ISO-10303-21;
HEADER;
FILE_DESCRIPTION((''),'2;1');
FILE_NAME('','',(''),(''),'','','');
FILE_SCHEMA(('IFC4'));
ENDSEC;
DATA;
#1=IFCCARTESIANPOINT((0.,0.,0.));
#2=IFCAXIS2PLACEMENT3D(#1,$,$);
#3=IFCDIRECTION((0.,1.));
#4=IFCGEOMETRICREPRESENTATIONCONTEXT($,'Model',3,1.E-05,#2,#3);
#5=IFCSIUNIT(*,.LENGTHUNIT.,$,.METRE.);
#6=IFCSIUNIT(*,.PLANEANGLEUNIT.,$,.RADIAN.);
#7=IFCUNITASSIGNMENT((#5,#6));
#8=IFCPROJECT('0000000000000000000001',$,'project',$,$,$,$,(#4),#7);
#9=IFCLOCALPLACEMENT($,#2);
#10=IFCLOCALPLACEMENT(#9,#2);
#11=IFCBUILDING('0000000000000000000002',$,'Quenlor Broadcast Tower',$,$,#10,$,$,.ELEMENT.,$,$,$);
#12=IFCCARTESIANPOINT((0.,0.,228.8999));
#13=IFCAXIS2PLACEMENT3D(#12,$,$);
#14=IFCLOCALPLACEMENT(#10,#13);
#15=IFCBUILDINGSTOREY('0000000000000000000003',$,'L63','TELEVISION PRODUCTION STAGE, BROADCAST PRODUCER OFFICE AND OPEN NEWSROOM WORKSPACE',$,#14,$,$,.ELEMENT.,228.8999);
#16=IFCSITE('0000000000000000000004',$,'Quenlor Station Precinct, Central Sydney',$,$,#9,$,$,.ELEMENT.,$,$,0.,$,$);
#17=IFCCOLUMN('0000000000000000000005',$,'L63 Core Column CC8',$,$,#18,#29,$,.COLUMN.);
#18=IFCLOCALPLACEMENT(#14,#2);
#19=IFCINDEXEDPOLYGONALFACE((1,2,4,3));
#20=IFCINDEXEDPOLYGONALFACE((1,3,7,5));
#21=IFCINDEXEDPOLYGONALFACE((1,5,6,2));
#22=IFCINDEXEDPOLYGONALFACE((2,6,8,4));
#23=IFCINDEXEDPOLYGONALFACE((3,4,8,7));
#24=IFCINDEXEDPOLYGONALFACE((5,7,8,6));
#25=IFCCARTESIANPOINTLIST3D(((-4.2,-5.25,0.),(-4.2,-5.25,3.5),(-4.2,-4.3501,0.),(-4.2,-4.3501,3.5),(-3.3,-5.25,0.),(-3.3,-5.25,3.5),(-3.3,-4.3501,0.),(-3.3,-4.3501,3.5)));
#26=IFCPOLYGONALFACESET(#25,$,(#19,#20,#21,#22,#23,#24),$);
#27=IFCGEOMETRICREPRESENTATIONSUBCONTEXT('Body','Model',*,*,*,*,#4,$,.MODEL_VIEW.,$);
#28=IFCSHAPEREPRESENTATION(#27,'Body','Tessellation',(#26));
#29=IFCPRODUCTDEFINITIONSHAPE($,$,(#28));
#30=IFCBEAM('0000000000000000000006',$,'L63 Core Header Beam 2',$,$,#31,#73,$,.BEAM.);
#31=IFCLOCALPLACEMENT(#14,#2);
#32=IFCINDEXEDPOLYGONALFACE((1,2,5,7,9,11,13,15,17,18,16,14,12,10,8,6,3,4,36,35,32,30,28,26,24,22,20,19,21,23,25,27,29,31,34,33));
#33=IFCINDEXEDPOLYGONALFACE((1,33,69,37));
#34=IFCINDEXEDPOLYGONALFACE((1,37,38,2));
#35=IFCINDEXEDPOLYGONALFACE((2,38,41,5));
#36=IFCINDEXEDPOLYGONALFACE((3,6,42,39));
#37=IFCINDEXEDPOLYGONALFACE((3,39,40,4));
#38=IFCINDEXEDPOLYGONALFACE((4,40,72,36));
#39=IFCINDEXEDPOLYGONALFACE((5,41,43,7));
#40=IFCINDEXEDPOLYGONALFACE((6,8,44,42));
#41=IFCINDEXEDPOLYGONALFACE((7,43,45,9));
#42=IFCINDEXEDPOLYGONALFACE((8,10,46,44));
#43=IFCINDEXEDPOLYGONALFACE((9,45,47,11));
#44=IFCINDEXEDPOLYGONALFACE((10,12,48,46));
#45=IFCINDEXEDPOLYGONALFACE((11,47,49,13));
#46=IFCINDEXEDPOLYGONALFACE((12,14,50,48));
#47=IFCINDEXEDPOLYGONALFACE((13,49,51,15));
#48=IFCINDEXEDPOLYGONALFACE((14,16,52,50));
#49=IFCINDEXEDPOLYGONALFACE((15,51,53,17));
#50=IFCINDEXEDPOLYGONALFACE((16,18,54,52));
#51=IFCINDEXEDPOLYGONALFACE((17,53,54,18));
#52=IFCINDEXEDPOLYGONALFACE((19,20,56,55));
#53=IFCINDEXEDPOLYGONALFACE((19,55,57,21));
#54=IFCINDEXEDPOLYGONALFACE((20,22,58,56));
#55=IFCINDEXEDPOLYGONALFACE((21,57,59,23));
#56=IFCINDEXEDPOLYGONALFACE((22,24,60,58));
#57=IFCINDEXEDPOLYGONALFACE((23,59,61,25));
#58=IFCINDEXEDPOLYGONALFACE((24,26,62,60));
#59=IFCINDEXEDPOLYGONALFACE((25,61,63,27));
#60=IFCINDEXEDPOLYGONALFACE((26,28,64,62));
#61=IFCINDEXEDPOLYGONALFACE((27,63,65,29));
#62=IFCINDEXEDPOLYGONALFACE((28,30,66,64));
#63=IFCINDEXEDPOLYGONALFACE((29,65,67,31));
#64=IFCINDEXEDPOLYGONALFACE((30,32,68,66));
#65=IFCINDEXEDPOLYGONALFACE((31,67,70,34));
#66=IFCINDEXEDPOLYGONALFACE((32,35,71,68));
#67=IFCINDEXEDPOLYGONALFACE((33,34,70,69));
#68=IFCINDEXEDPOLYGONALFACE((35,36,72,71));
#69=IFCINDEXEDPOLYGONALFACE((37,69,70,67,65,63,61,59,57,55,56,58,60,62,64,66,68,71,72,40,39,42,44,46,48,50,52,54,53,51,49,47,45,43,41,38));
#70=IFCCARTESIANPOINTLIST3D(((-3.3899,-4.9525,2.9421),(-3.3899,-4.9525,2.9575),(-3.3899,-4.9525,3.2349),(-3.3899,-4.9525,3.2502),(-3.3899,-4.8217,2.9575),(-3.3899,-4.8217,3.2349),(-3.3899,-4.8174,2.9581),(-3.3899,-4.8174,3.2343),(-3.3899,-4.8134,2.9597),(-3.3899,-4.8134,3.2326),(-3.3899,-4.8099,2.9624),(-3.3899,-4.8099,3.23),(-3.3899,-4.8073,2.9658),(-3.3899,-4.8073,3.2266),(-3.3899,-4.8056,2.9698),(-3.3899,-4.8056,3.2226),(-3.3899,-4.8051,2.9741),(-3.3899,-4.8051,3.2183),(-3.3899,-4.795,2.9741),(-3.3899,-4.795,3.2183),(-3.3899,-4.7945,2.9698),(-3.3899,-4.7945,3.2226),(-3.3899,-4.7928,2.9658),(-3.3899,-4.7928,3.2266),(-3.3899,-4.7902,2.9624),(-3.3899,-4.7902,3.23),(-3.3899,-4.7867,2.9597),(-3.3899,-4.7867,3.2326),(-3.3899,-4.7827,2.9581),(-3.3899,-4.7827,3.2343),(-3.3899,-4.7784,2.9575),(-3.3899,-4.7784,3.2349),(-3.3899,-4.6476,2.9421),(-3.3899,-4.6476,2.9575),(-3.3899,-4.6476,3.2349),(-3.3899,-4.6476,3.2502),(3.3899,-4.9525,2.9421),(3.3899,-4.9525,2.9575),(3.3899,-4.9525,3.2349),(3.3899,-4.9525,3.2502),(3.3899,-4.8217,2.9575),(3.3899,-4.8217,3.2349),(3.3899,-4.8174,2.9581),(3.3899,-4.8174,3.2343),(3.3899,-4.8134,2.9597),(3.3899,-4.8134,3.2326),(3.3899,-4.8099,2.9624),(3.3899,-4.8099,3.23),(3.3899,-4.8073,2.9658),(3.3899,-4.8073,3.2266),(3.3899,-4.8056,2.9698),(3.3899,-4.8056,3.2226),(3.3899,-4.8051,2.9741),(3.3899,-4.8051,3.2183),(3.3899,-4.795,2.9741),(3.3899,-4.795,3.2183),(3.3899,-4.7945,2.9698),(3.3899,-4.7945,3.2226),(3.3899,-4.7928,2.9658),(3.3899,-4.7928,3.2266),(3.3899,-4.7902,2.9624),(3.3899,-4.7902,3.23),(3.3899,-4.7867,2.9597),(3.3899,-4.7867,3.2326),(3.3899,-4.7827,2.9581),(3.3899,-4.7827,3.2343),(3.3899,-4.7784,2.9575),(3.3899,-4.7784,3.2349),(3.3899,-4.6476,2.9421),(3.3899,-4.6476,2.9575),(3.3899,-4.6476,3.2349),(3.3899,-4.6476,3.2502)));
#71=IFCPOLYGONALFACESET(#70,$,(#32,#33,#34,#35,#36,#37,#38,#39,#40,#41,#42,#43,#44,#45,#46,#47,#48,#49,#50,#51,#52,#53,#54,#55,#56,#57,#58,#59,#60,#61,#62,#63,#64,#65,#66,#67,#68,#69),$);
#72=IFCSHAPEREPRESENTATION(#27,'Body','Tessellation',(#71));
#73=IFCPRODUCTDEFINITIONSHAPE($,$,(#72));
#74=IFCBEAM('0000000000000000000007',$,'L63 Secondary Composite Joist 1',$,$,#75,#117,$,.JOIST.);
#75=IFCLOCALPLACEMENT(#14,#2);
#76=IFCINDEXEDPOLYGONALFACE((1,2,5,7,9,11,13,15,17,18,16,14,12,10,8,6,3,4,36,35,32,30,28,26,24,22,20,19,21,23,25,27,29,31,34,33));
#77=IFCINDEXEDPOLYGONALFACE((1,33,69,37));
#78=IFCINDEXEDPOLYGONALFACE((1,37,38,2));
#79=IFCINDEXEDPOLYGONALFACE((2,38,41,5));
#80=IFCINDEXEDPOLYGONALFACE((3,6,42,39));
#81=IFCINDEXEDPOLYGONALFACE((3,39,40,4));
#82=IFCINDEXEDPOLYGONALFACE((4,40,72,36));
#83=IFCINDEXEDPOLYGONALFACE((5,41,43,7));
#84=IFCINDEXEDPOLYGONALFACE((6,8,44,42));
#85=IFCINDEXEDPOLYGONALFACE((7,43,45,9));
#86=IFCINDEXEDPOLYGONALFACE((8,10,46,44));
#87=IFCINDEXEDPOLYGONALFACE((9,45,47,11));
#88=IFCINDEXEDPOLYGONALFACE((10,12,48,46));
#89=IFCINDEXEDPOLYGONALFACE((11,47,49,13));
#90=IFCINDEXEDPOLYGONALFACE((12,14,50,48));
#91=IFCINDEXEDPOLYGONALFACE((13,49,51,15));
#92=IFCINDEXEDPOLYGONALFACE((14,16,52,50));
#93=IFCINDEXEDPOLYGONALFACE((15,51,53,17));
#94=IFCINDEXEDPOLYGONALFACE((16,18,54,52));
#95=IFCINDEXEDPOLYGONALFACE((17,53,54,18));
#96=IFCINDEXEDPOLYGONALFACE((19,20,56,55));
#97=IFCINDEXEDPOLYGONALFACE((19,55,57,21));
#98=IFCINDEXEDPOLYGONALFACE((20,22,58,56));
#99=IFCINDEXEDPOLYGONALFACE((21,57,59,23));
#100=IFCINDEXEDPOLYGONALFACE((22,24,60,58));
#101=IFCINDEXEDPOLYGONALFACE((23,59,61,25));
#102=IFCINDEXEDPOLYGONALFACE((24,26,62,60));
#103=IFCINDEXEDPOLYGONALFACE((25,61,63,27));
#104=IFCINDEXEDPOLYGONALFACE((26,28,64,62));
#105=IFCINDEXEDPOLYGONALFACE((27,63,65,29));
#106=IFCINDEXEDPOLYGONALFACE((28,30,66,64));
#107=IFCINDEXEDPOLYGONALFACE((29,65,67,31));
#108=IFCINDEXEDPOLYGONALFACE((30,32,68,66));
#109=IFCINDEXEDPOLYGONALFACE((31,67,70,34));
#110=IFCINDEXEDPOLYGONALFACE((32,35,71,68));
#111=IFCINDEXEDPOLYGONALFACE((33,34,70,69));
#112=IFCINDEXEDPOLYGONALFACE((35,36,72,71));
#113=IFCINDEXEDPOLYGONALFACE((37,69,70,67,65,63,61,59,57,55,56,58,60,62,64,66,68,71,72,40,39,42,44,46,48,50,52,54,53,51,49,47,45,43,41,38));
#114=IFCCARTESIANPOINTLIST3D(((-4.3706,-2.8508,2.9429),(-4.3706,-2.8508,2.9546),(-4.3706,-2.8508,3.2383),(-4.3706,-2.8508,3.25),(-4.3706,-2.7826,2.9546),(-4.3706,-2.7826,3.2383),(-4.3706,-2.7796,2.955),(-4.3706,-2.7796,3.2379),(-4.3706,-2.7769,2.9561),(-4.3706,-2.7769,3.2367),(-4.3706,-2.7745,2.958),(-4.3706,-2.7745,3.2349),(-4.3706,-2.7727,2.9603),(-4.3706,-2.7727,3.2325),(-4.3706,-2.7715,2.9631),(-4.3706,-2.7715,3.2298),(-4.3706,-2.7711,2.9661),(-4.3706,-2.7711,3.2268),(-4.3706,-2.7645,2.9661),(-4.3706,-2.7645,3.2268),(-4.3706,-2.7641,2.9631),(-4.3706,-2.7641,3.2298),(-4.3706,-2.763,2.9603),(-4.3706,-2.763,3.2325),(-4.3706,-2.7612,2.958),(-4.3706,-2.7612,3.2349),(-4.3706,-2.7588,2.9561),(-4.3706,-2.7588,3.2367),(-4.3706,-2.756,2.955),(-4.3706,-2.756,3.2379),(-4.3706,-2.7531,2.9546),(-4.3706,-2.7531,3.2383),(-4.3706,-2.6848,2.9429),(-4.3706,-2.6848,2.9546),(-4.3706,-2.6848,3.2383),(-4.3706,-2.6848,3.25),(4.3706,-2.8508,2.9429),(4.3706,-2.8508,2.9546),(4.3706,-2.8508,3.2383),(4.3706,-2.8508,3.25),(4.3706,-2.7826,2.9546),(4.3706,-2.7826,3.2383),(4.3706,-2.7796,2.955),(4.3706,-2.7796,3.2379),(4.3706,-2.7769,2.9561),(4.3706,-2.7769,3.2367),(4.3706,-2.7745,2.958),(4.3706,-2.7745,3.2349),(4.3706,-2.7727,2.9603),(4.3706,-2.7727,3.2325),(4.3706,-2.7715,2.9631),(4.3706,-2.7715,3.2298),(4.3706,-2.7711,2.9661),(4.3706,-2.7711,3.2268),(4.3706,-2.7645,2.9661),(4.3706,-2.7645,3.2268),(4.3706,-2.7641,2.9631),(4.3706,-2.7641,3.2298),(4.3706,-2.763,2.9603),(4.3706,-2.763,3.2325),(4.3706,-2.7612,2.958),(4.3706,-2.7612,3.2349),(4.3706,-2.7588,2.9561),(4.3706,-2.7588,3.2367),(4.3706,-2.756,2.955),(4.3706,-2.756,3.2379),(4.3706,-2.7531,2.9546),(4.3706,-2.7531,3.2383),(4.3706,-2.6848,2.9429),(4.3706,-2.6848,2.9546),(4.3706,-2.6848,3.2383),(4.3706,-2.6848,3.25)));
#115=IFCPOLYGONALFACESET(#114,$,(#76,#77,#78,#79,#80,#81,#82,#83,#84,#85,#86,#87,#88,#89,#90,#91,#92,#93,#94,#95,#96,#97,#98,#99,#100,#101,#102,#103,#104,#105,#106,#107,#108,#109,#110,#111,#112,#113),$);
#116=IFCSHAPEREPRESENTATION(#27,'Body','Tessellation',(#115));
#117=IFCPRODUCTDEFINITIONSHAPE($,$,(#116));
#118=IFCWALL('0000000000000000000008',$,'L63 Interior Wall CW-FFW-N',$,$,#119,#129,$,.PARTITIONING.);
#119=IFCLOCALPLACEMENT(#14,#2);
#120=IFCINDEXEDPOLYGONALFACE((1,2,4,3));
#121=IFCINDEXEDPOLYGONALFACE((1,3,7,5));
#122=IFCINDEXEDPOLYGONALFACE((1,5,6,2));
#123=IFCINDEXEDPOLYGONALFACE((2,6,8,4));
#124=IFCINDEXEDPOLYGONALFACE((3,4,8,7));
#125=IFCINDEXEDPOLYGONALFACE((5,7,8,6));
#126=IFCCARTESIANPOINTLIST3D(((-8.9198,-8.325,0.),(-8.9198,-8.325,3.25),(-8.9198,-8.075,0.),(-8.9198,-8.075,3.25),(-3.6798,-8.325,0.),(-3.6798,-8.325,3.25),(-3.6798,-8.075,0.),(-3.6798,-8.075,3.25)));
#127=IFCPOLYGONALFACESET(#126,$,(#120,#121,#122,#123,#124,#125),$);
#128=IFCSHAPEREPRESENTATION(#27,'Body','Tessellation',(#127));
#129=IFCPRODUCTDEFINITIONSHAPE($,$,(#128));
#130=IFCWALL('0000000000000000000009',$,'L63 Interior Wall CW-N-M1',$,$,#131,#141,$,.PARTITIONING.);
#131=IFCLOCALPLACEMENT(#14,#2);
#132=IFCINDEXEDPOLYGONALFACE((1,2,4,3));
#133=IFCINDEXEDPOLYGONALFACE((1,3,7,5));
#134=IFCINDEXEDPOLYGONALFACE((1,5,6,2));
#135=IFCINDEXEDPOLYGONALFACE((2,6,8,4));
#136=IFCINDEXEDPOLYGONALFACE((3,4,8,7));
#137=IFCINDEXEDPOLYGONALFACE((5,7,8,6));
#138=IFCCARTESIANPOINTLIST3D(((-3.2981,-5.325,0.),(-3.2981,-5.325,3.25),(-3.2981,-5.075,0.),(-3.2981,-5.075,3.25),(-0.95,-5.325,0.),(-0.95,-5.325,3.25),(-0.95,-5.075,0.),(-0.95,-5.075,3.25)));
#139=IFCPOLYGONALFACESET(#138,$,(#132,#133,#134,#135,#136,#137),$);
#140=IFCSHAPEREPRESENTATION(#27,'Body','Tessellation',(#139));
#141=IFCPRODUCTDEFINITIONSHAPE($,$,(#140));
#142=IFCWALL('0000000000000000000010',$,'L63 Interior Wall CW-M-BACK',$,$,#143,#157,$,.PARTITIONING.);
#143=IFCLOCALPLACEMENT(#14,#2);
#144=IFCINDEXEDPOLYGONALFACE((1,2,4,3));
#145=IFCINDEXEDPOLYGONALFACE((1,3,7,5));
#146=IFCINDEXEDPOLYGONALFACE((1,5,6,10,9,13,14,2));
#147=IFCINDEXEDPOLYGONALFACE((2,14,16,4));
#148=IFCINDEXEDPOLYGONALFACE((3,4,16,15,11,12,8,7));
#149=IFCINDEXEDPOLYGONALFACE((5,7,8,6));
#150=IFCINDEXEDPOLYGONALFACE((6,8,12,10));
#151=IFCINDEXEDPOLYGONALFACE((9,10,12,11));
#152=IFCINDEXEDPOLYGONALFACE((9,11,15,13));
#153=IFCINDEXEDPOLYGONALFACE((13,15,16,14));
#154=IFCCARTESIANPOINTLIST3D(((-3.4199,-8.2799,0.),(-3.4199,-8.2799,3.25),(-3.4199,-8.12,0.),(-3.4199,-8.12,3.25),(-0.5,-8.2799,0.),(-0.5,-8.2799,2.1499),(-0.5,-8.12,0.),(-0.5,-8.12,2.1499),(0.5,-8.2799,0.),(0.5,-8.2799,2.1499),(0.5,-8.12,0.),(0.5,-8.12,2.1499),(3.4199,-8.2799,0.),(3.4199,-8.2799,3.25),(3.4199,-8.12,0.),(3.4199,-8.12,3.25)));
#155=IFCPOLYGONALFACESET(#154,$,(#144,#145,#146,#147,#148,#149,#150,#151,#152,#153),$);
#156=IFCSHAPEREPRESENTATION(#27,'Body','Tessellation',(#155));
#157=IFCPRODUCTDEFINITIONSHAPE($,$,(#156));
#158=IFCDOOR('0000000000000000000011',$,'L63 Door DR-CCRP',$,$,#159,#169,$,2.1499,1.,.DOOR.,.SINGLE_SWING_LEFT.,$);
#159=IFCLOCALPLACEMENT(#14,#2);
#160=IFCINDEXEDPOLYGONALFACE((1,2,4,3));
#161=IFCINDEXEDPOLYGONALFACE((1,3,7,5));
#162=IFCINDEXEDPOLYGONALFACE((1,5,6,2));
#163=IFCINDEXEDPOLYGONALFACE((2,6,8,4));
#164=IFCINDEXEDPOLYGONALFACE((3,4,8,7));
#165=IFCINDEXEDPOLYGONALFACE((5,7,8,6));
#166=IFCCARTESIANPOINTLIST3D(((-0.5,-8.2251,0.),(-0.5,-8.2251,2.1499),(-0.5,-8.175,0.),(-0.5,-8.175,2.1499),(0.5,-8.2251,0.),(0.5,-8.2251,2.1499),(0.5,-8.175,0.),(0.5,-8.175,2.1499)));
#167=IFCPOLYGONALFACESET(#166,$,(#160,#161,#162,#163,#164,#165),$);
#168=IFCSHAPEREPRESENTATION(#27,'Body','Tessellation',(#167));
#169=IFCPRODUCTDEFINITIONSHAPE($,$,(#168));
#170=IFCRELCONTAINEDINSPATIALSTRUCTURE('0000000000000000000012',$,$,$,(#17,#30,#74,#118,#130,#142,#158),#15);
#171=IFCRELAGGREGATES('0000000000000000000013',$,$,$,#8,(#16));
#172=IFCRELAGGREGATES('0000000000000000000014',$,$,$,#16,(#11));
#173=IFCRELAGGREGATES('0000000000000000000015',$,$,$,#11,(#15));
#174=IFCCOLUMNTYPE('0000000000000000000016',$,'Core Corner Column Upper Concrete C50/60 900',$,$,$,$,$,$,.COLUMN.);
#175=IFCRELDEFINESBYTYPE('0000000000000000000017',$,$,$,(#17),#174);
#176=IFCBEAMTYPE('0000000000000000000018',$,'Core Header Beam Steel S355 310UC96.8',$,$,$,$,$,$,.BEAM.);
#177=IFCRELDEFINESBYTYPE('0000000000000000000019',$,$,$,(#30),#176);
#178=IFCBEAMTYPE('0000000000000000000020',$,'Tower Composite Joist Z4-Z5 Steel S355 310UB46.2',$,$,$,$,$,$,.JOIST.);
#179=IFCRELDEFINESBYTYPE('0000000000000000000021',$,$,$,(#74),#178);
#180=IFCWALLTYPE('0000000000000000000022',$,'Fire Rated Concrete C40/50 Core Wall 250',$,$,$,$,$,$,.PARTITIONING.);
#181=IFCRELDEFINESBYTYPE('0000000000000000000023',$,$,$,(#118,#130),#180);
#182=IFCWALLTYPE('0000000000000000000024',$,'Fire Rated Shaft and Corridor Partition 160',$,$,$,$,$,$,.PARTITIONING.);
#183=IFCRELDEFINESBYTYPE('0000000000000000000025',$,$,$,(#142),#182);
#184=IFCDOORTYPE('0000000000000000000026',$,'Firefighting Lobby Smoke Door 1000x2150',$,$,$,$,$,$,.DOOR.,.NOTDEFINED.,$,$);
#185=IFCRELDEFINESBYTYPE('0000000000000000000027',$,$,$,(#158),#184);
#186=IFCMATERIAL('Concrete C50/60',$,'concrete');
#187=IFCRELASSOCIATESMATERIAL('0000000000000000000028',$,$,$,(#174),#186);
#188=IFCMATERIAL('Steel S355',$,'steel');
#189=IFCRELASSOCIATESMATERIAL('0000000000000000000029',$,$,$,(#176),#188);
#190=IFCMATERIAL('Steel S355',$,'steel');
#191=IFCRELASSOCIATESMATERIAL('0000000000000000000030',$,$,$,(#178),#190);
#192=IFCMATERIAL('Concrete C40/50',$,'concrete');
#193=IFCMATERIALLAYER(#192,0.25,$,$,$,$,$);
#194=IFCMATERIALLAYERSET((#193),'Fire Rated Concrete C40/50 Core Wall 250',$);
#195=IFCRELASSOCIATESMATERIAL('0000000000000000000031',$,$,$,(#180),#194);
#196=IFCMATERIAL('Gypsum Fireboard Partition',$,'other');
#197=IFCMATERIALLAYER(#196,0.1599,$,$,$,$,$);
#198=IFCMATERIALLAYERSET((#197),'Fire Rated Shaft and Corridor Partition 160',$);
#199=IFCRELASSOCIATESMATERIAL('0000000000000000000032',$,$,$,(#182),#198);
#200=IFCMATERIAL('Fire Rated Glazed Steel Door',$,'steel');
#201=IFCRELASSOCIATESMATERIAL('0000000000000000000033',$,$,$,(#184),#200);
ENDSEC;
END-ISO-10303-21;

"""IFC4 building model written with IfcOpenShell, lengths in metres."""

from ifc_helpers import new_model, si_unit, direction, frame, frame_2d, origin, origin_2d, place, context, subcontext, project, spatial, rectangle, i_section, extrude, material, layer, layer_set, material_profile, profile_set, type_object, element, fill, save


model = new_model("IFC4")

# Units and contexts
model_context = context("Model", 3, precision=1e-05, world=origin(), true_north=direction((0.0, 1.0)))
body_context = subcontext(model_context, "Body", "Model", "MODEL_VIEW")
ifc_project = project(units=[si_unit("LENGTHUNIT", "METRE"), si_unit("PLANEANGLEUNIT", "RADIAN")], contexts=[model_context])

# Site, building, storey
site_placement = place(None, origin())
site = spatial("IfcSite", under=ifc_project, at=site_placement, Name="Quenlor Station Precinct, Central Sydney", CompositionType="ELEMENT", RefElevation=0.0)
building_placement = place(site_placement, origin())
building = spatial("IfcBuilding", under=site, at=building_placement, Name="Quenlor Broadcast Tower", CompositionType="ELEMENT")
storey_placement = place(building_placement, frame((0.0, 0.0, 228.8999)))
storey = spatial("IfcBuildingStorey", under=building, at=storey_placement, Name="L63", Description="TELEVISION PRODUCTION STAGE, BROADCAST PRODUCER OFFICE AND OPEN NEWSROOM WORKSPACE", CompositionType="ELEMENT", Elevation=228.8999)

# Column
ifc_material_1 = material(Name="Concrete C50/60", Category="concrete")
ifc_material_profile_1 = material_profile(ifc_material_1, rectangle(XDim=0.8999, YDim=0.8999, at=origin_2d()))
ifc_profile_set_1 = profile_set([ifc_material_profile_1], Name="Concrete C50/60 RC900x900")
column_type = type_object("IfcColumnType", Name="Core Corner Column Upper Concrete C50/60 900", PredefinedType="COLUMN", material=ifc_profile_set_1)
column_placement = place(storey_placement, frame((-3.75, -4.8, 0.0), z_axis=(0.0, 0.0, 1.0), x_axis=(1.0, 0.0, 0.0)))
element("IfcColumn", 1, at=column_placement, inside=storey, type_object=column_type, Name="L63 Core Column CC8", PredefinedType="COLUMN", context=body_context, shape_type="SweptSolid", body=[
    extrude(rectangle(XDim=0.8999, YDim=0.8999, at=origin_2d()), origin(), (0.0, 0.0, 1.0), 3.5),
])

# Beams
ifc_material_2 = material(Name="Steel S355", Category="steel")
ifc_material_profile_2 = material_profile(ifc_material_2, i_section(OverallWidth=0.3049, OverallDepth=0.3081, WebThickness=0.01, FlangeThickness=0.0154, FilletRadius=0.0166, at=origin_2d()))
ifc_profile_set_2 = profile_set([ifc_material_profile_2], Name="Steel S355 310UC96.8")
beam_type_1 = type_object("IfcBeamType", Name="Core Header Beam Steel S355 310UC96.8", PredefinedType="BEAM", material=ifc_profile_set_2)
beam_1_placement = place(storey_placement, frame((-3.3899, -4.8, 3.0962), z_axis=(1.0, 0.0, 0.0), x_axis=(0.0, 1.0, 0.0)))
element("IfcBeam", 2, at=beam_1_placement, inside=storey, type_object=beam_type_1, Name="L63 Core Header Beam 2", PredefinedType="BEAM", context=body_context, shape_type="SweptSolid", body=[
    extrude(i_section(OverallWidth=0.3049, OverallDepth=0.3081, WebThickness=0.01, FlangeThickness=0.0154, FilletRadius=0.0166, at=origin_2d()), origin(), (0.0, 0.0, 1.0), 6.7798),
])
ifc_material_3 = material(Name="Steel S355", Category="steel")
ifc_material_profile_3 = material_profile(ifc_material_3, i_section(OverallWidth=0.166, OverallDepth=0.3071, WebThickness=0.0066, FlangeThickness=0.0117, FilletRadius=0.0115, at=origin_2d()))
ifc_profile_set_3 = profile_set([ifc_material_profile_3], Name="Steel S355 310UB46.2")
beam_type_2 = type_object("IfcBeamType", Name="Tower Composite Joist Z4-Z5 Steel S355 310UB46.2", PredefinedType="JOIST", material=ifc_profile_set_3)
beam_2_placement = place(storey_placement, frame((-4.3706, -2.7678, 3.0964), z_axis=(1.0, 0.0, 0.0), x_axis=(0.0, 1.0, 0.0)))
element("IfcBeam", 3, at=beam_2_placement, inside=storey, type_object=beam_type_2, Name="L63 Secondary Composite Joist 1", PredefinedType="JOIST", context=body_context, shape_type="SweptSolid", body=[
    extrude(i_section(OverallWidth=0.166, OverallDepth=0.3071, WebThickness=0.0066, FlangeThickness=0.0117, FilletRadius=0.0115, at=origin_2d()), origin(), (0.0, 0.0, 1.0), 8.7412),
])

# Walls
ifc_material_4 = material(Name="Concrete C40/50", Category="concrete")
ifc_layer_1 = layer(ifc_material_4, 0.25)
ifc_layer_set_1 = layer_set([ifc_layer_1], Name="Fire Rated Concrete C40/50 Core Wall 250")
wall_type_1 = type_object("IfcWallType", Name="Fire Rated Concrete C40/50 Core Wall 250", PredefinedType="PARTITIONING", material=ifc_layer_set_1)
wall_1_placement = place(storey_placement, frame((-8.9199, -8.2, 0.0), z_axis=(0.0, 0.0, 1.0), x_axis=(1.0, 0.0, 0.0)))
element("IfcWall", 4, at=wall_1_placement, inside=storey, type_object=wall_type_1, Name="L63 Interior Wall CW-FFW-N", PredefinedType="PARTITIONING", context=body_context, shape_type="SweptSolid", body=[
    extrude(rectangle(XDim=5.24, YDim=0.25, at=frame_2d((2.6201, 0.0))), origin(), (0.0, 0.0, 1.0), 3.25),
])
wall_2_placement = place(storey_placement, frame((-3.2981, -5.2, 0.0), z_axis=(0.0, 0.0, 1.0), x_axis=(1.0, 0.0, 0.0)))
element("IfcWall", 5, at=wall_2_placement, inside=storey, type_object=wall_type_1, Name="L63 Interior Wall CW-N-M1", PredefinedType="PARTITIONING", context=body_context, shape_type="SweptSolid", body=[
    extrude(rectangle(XDim=2.3481, YDim=0.25, at=frame_2d((1.1741, 0.0))), origin(), (0.0, 0.0, 1.0), 3.25),
])

# Wall, opening, door
ifc_material_5 = material(Name="Gypsum Fireboard Partition", Category="other")
ifc_layer_2 = layer(ifc_material_5, 0.1599)
ifc_layer_set_2 = layer_set([ifc_layer_2], Name="Fire Rated Shaft and Corridor Partition 160")
wall_type_2 = type_object("IfcWallType", Name="Fire Rated Shaft and Corridor Partition 160", PredefinedType="PARTITIONING", material=ifc_layer_set_2)
wall_3_placement = place(storey_placement, frame((-3.4199, -8.2, 0.0), z_axis=(0.0, 0.0, 1.0), x_axis=(1.0, 0.0, 0.0)))
wall_3 = element("IfcWall", 6, at=wall_3_placement, inside=storey, type_object=wall_type_2, Name="L63 Interior Wall CW-M-BACK", PredefinedType="PARTITIONING", context=body_context, shape_type="SweptSolid", body=[
    extrude(rectangle(XDim=6.8398, YDim=0.1599, at=frame_2d((3.4199, 0.0))), origin(), (0.0, 0.0, 1.0), 3.25),
])
opening_1_placement = place(wall_3_placement, frame((2.9199, 0.0, 0.0)))
opening_1 = element("IfcOpeningElement", 7, at=opening_1_placement, cuts=wall_3, PredefinedType="OPENING", context=body_context, shape_type="SweptSolid", body=[
    extrude(rectangle(XDim=1.0, YDim=2.1499, at=frame_2d((0.5, 1.075))), frame((0.0, 0.0898, 0.0), z_axis=(0.0, -1.0, 0.0), x_axis=(1.0, 0.0, 0.0)), (0.0, 0.0, 1.0), 0.1799),
])
ifc_material_6 = material(Name="Fire Rated Glazed Steel Door", Category="steel")
door_type_1 = type_object("IfcDoorType", Name="Firefighting Lobby Smoke Door 1000x2150", OperationType="NOTDEFINED", PredefinedType="DOOR", material=ifc_material_6)
door_1_placement = place(opening_1_placement, origin())
door_1 = element("IfcDoor", 8, at=door_1_placement, inside=storey, type_object=door_type_1, Name="L63 Door DR-CCRP", OperationType="SINGLE_SWING_LEFT", OverallHeight=2.1499, OverallWidth=1.0, PredefinedType="DOOR", context=body_context, shape_type="SweptSolid", body=[
    extrude(rectangle(XDim=1.0, YDim=2.1499, at=frame_2d((0.5, 1.075))), frame((0.0, 0.0249, 0.0), z_axis=(0.0, -1.0, 0.0), x_axis=(1.0, 0.0, 0.0)), (0.0, 0.0, 1.0), 0.05),
])
fill(opening_1, door_1)

save(model, "model.ifc")
